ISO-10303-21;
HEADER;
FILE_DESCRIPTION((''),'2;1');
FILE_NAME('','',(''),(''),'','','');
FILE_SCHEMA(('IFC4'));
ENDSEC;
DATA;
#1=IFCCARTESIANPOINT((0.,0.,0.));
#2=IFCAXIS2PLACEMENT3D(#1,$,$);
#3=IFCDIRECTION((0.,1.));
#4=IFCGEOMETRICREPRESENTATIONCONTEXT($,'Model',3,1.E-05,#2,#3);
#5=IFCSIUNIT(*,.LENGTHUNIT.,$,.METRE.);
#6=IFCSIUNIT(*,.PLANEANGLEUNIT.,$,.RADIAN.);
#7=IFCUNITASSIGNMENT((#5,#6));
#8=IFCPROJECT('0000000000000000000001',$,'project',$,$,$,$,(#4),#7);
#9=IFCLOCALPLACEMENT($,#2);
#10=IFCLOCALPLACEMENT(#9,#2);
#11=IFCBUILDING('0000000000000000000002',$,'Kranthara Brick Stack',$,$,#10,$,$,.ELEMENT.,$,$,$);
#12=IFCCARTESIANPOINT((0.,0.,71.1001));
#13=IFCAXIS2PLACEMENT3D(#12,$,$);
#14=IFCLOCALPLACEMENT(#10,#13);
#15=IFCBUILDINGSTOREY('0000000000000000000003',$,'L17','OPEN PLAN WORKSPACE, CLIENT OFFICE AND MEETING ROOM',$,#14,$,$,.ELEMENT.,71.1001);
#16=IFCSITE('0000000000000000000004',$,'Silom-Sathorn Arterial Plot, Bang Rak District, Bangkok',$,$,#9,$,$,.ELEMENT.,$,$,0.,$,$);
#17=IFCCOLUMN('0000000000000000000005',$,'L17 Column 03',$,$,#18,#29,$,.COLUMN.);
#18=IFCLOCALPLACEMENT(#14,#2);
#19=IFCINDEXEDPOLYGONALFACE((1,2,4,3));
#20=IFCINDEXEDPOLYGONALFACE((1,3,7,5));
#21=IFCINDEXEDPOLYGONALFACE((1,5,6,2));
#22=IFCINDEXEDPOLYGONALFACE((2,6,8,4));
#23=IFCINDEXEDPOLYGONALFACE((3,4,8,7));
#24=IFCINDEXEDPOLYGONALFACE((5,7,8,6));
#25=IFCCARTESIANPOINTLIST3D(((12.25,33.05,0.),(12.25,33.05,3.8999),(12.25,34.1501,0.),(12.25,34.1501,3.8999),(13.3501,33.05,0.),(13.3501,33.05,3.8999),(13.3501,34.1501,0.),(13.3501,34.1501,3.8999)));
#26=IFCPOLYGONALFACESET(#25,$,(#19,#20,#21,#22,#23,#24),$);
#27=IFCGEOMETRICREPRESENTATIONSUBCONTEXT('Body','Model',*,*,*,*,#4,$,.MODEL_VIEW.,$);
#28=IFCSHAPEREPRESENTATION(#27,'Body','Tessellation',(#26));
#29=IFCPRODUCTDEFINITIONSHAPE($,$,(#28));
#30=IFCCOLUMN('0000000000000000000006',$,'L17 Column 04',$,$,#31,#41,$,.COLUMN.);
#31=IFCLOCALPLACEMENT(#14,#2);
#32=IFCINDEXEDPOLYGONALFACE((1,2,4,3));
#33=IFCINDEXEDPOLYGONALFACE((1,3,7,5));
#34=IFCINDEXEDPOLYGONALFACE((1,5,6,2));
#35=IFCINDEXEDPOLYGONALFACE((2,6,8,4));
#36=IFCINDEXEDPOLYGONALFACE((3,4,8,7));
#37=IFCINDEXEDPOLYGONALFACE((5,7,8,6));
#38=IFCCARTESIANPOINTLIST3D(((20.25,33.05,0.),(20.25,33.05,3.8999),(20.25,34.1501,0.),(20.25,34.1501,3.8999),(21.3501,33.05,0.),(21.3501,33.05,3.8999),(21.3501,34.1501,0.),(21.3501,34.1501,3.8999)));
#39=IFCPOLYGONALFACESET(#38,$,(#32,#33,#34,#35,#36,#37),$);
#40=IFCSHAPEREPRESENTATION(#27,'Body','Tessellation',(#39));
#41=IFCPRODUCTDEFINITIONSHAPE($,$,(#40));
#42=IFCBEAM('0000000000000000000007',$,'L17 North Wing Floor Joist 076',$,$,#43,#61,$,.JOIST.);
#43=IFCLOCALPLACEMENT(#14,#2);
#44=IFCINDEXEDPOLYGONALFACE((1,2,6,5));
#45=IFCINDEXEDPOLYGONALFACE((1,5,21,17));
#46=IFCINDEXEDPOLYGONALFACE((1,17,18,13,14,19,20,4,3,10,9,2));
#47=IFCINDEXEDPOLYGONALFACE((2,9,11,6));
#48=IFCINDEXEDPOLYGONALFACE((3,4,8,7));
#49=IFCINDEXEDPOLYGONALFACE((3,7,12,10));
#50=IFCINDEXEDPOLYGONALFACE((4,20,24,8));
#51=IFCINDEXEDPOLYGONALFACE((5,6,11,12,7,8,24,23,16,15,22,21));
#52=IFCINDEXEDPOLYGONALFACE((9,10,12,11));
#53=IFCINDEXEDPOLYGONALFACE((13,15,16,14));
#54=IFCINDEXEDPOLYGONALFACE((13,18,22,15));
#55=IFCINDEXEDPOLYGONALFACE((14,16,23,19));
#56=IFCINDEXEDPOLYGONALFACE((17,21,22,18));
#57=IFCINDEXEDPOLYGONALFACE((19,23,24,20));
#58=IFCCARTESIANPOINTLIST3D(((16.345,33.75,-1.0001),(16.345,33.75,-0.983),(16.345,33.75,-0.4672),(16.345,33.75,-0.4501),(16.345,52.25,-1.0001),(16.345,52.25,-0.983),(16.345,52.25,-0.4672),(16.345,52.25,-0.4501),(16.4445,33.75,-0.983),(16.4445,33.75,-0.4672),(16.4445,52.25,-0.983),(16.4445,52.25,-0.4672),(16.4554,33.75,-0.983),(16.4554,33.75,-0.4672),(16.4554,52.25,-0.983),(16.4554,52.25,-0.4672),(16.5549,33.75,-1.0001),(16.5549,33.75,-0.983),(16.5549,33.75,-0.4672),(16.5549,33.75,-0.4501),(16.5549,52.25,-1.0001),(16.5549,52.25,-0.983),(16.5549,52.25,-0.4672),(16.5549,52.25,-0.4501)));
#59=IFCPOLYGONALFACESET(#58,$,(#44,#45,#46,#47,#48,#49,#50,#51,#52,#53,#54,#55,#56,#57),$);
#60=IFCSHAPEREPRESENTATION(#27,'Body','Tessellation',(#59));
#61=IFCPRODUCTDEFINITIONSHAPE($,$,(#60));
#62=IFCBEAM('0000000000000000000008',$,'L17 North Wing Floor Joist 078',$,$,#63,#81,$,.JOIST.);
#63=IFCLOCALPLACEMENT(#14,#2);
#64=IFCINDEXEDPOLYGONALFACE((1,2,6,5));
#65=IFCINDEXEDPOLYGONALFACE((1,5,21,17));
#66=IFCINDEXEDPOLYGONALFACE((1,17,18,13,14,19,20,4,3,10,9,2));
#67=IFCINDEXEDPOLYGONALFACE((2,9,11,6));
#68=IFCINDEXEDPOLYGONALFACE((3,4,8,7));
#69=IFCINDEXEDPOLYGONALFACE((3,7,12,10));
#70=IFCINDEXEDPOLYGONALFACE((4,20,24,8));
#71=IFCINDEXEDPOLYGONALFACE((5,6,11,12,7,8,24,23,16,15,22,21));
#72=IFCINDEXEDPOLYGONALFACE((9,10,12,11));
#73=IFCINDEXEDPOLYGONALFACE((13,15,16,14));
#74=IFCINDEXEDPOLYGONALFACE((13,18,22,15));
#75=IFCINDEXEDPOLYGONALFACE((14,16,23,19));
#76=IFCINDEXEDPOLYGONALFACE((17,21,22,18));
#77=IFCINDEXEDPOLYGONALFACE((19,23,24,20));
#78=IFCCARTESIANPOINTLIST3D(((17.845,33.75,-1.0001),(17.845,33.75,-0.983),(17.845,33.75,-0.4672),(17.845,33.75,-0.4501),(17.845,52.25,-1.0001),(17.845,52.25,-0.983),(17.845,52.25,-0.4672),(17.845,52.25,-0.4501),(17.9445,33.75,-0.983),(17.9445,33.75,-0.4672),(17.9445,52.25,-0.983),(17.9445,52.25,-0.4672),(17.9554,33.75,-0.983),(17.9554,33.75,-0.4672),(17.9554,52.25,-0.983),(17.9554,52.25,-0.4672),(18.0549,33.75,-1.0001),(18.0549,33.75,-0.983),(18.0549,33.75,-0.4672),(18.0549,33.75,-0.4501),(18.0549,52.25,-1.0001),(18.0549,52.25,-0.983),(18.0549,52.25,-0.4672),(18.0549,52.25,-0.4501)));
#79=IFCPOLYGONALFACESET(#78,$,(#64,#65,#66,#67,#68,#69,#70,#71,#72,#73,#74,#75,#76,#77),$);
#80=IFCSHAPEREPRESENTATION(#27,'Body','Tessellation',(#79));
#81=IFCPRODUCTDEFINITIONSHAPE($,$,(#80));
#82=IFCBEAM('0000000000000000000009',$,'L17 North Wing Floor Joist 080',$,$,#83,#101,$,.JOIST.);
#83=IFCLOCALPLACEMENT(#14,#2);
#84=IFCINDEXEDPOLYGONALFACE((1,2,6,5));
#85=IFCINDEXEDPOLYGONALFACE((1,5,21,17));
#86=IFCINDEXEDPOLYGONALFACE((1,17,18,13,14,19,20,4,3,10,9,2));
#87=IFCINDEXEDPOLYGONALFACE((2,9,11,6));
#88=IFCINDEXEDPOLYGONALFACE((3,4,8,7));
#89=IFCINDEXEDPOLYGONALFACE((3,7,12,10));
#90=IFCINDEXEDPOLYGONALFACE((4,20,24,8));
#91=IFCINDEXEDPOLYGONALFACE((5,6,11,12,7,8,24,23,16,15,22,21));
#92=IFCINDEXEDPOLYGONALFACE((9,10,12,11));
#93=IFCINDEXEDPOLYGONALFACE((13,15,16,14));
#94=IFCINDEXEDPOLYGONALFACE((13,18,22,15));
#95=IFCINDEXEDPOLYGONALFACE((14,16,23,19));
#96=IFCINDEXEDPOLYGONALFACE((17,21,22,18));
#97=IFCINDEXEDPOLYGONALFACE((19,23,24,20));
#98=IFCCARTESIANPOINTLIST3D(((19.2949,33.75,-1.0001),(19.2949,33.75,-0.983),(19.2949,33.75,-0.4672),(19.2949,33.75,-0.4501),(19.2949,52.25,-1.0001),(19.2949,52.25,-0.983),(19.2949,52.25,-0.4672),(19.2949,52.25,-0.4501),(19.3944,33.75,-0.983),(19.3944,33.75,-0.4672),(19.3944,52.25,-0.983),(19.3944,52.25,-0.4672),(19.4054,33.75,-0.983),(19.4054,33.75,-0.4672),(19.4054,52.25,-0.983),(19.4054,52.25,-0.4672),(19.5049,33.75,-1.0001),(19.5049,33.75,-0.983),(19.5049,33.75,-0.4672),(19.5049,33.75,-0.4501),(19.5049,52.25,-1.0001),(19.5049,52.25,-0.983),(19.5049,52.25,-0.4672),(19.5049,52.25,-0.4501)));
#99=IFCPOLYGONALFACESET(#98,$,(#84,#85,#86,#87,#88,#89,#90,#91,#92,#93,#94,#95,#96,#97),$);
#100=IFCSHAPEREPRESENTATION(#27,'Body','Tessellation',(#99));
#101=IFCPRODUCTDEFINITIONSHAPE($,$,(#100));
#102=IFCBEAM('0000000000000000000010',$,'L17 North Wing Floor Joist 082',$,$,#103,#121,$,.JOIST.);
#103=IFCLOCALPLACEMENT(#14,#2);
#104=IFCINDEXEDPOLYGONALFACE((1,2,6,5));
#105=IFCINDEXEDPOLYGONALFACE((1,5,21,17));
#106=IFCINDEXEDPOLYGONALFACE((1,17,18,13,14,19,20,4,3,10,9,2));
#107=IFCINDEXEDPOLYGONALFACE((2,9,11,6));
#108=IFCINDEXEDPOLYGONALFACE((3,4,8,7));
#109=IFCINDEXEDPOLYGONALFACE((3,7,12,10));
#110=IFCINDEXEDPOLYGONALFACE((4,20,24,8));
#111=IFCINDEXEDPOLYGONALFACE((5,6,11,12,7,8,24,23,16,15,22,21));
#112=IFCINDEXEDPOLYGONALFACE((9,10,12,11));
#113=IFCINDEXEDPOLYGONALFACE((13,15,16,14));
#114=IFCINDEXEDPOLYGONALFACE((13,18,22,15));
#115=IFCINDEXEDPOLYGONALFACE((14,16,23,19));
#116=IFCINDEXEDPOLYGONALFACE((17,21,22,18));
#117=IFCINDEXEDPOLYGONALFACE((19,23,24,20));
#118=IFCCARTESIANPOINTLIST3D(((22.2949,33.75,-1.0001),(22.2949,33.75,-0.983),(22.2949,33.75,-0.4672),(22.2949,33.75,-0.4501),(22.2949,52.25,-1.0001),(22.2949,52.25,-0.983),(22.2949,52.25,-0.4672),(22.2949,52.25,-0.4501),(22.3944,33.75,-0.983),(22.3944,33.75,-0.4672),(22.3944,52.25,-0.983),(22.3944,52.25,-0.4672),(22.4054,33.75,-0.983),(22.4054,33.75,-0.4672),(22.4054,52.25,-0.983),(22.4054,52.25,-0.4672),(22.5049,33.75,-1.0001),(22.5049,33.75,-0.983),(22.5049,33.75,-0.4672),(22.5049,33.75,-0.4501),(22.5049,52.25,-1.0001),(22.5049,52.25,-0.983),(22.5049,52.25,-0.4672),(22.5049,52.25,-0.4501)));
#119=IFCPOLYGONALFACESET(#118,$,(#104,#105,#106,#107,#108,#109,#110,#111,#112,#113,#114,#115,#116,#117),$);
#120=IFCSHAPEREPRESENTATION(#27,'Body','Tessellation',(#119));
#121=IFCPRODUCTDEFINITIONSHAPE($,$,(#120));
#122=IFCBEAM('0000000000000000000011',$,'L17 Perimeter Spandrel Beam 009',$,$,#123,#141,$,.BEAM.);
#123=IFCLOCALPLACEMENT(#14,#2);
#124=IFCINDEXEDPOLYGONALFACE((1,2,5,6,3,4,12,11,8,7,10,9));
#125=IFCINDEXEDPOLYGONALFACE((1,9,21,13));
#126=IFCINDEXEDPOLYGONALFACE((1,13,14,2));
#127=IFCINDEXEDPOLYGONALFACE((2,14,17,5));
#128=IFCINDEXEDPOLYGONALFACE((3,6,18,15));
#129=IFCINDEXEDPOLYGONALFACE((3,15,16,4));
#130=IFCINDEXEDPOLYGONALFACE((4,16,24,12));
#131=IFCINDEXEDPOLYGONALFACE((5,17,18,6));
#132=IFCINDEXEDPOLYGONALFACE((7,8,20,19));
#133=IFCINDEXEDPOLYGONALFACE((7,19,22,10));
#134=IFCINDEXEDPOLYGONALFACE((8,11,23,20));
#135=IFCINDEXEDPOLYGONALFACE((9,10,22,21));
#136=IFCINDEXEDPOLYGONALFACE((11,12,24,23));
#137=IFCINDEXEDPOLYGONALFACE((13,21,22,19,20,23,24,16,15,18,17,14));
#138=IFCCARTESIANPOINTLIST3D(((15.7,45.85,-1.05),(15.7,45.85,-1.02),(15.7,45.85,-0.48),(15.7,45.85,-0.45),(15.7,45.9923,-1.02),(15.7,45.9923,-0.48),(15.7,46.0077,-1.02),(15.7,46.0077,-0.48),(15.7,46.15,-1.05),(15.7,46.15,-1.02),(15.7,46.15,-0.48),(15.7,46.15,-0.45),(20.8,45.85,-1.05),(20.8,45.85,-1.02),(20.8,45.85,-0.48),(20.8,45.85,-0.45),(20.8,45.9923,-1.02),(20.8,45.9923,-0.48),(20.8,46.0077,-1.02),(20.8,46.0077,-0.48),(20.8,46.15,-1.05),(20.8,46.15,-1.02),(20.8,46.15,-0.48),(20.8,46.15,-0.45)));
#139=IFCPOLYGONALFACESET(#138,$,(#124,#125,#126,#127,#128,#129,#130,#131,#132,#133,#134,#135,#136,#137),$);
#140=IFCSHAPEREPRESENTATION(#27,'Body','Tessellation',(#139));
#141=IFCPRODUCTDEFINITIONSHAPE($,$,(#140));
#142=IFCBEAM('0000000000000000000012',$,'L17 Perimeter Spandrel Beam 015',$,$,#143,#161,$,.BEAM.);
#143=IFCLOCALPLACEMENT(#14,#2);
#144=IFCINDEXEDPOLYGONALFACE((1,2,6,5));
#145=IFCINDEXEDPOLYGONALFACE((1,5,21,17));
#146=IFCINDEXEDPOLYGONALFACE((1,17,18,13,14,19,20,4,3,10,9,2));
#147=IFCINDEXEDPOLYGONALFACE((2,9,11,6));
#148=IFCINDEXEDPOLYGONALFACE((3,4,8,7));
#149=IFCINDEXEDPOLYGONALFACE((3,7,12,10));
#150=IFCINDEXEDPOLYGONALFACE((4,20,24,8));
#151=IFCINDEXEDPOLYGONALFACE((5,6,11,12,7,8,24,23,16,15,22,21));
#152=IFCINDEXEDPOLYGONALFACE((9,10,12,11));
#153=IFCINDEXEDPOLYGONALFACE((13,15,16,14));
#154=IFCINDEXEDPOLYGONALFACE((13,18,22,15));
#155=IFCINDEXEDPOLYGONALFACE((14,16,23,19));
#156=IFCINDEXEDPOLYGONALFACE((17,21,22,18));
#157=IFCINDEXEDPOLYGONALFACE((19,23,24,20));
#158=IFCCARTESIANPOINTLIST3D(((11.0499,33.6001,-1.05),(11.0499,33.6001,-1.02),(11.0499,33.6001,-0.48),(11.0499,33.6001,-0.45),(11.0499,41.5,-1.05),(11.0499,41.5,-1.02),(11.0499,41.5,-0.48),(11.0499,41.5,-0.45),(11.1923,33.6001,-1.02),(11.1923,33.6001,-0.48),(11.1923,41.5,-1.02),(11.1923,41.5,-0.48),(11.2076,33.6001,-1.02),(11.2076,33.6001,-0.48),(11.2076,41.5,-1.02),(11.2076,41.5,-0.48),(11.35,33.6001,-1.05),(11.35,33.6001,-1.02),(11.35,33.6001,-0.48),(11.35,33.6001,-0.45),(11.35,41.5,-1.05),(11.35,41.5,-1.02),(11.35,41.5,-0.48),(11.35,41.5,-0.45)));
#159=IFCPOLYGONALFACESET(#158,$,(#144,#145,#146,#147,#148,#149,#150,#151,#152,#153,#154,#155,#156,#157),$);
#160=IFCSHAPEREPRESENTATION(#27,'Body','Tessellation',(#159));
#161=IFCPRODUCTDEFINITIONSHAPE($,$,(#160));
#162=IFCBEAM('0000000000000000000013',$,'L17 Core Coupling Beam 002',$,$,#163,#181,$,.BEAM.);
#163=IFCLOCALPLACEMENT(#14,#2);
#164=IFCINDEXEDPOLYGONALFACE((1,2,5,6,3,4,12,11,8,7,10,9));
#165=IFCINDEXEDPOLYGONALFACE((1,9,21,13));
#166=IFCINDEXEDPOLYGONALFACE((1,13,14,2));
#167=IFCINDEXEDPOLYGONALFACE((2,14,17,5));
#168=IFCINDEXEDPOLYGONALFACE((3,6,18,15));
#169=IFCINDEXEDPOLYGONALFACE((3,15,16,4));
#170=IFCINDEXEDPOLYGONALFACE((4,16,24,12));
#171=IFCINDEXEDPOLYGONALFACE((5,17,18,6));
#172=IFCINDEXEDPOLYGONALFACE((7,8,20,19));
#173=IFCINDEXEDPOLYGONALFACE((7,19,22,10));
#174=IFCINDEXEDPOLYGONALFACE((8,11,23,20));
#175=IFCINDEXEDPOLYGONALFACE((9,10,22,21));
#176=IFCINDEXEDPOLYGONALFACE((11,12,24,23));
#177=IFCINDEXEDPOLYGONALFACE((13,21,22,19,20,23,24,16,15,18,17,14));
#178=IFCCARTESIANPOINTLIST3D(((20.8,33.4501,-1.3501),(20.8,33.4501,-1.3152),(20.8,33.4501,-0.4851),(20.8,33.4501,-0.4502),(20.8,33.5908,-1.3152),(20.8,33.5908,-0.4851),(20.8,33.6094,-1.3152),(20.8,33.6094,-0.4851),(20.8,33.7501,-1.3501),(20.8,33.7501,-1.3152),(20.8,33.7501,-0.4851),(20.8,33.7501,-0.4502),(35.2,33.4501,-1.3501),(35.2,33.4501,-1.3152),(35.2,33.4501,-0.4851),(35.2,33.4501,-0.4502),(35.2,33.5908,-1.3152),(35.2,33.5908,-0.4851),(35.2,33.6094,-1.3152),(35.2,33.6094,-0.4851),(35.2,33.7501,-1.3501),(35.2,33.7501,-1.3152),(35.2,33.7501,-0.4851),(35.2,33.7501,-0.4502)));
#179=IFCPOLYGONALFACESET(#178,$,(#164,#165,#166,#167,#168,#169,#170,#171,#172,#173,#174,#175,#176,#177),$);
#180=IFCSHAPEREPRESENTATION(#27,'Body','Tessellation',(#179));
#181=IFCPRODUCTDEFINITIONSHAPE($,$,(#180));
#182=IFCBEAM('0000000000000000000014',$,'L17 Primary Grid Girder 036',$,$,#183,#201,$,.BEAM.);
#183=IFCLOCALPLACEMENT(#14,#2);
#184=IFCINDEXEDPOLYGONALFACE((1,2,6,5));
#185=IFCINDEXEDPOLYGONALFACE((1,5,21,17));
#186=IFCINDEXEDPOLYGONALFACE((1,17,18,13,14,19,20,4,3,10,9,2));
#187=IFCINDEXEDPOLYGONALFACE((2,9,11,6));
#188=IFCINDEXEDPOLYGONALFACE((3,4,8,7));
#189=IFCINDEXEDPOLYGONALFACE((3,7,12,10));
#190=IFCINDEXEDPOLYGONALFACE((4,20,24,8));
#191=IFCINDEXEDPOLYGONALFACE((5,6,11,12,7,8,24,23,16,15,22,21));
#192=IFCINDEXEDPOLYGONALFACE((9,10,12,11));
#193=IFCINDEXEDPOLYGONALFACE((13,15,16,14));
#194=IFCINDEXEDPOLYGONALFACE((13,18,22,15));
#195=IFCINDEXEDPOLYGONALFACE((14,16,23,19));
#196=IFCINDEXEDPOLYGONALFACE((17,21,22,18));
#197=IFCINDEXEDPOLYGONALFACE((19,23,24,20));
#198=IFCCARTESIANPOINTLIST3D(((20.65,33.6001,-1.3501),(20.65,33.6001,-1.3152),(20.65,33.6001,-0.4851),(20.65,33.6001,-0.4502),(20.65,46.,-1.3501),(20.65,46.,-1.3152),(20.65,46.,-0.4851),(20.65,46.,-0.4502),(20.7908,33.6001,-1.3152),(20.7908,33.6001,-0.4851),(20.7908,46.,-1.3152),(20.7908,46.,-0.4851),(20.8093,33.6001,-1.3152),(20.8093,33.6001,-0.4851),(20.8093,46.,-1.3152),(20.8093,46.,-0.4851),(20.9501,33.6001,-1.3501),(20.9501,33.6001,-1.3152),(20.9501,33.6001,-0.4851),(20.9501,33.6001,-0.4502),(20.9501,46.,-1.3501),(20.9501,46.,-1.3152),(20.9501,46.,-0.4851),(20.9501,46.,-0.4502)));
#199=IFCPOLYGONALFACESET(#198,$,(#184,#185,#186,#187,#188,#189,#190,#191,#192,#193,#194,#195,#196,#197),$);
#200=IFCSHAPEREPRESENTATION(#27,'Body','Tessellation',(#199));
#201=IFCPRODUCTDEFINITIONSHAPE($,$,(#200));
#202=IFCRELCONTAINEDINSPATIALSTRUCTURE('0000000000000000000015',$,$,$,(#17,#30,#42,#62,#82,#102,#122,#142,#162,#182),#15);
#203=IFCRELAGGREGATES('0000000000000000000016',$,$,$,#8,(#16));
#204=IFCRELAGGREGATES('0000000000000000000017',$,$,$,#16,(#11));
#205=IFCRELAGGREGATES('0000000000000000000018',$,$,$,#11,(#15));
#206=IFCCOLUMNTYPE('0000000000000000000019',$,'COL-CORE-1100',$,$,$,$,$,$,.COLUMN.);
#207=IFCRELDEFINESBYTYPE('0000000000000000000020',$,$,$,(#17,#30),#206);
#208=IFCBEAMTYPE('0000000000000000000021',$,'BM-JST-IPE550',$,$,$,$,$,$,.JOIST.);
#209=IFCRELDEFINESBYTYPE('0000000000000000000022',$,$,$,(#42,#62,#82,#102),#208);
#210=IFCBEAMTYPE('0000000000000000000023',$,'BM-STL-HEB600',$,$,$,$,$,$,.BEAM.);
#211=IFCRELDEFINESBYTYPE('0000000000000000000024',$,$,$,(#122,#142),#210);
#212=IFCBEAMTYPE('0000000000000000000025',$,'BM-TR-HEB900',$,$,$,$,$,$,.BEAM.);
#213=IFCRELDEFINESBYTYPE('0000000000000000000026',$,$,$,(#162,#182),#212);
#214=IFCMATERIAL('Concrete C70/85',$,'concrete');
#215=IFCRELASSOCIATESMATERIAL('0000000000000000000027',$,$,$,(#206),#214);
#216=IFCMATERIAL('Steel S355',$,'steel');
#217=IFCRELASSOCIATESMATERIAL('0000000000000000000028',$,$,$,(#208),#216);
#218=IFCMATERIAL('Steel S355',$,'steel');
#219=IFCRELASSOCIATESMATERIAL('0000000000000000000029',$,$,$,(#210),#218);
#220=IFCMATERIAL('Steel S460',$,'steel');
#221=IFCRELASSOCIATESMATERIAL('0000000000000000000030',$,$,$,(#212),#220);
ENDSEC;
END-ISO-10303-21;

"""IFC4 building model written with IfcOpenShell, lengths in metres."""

from ifc_helpers import new_model, si_unit, direction, frame, origin, origin_2d, place, context, subcontext, project, spatial, rectangle, i_section, extrude, material, material_profile, profile_set, type_object, element, save


model = new_model("IFC4")

# Units and contexts
model_context = context("Model", 3, precision=1e-05, world=origin(), true_north=direction((0.0, 1.0)))
body_context = subcontext(model_context, "Body", "Model", "MODEL_VIEW")
ifc_project = project(units=[si_unit("LENGTHUNIT", "METRE"), si_unit("PLANEANGLEUNIT", "RADIAN")], contexts=[model_context])

# Site, building, storey
site_placement = place(None, origin())
site = spatial("IfcSite", under=ifc_project, at=site_placement, Name="Silom-Sathorn Arterial Plot, Bang Rak District, Bangkok", CompositionType="ELEMENT", RefElevation=0.0)
building_placement = place(site_placement, origin())
building = spatial("IfcBuilding", under=site, at=building_placement, Name="Kranthara Brick Stack", CompositionType="ELEMENT")
storey_placement = place(building_placement, frame((0.0, 0.0, 71.1001)))
storey = spatial("IfcBuildingStorey", under=building, at=storey_placement, Name="L17", Description="OPEN PLAN WORKSPACE, CLIENT OFFICE AND MEETING ROOM", CompositionType="ELEMENT", Elevation=71.1001)

# Columns
ifc_material_1 = material(Name="Concrete C70/85", Category="concrete")
ifc_material_profile_1 = material_profile(ifc_material_1, rectangle(XDim=1.1001, YDim=1.1001, at=origin_2d()), Name="RC 1100x1100")
ifc_profile_set_1 = profile_set([ifc_material_profile_1], Name="Concrete C70/85")
column_type = type_object("IfcColumnType", Name="COL-CORE-1100", PredefinedType="COLUMN", material=ifc_profile_set_1)
for number, where, z_axis, x_axis, name in (
    (1, (12.8, 33.6001, 0.0), (0.0, 0.0, 1.0), (1.0, 0.0, 0.0), "L17 Column 03"),
    (2, (20.8, 33.6001, 0.0), (0.0, 0.0, 1.0), (1.0, 0.0, 0.0), "L17 Column 04"),
):
    element("IfcColumn", number, at=place(storey_placement, frame(where, z_axis=z_axis, x_axis=x_axis)), inside=storey, type_object=column_type, Name=name, PredefinedType="COLUMN", context=body_context, shape_type="SweptSolid", body=[
        extrude(rectangle(XDim=1.1001, YDim=1.1001, at=origin_2d()), origin(), (0.0, 0.0, 1.0), 3.8999),
    ])

# Beams
ifc_material_2 = material(Name="Steel S355", Category="steel")
ifc_material_profile_2 = material_profile(ifc_material_2, i_section(OverallWidth=0.21, OverallDepth=0.55, WebThickness=0.011, FlangeThickness=0.0171, at=origin_2d()), Name="IPE 550")
ifc_profile_set_2 = profile_set([ifc_material_profile_2], Name="Steel S355")
beam_type_1 = type_object("IfcBeamType", Name="BM-JST-IPE550", PredefinedType="JOIST", material=ifc_profile_set_2)
for number, where, z_axis, x_axis, name in (
    (3, (16.45, 33.75, -0.7251), (0.0, 1.0, 0.0), (-1.0, 0.0, 0.0), "L17 North Wing Floor Joist 076"),
    (4, (17.95, 33.75, -0.7251), (0.0, 1.0, 0.0), (-1.0, 0.0, 0.0), "L17 North Wing Floor Joist 078"),
    (5, (19.3999, 33.75, -0.7251), (0.0, 1.0, 0.0), (-1.0, 0.0, 0.0), "L17 North Wing Floor Joist 080"),
    (6, (22.3999, 33.75, -0.7251), (0.0, 1.0, 0.0), (-1.0, 0.0, 0.0), "L17 North Wing Floor Joist 082"),
):
    element("IfcBeam", number, at=place(storey_placement, frame(where, z_axis=z_axis, x_axis=x_axis)), inside=storey, type_object=beam_type_1, Name=name, PredefinedType="JOIST", context=body_context, shape_type="SweptSolid", body=[
        extrude(i_section(OverallWidth=0.21, OverallDepth=0.55, WebThickness=0.011, FlangeThickness=0.0171, at=origin_2d()), origin(), (0.0, 0.0, 1.0), 18.5),
    ])
ifc_material_3 = material(Name="Steel S355", Category="steel")
ifc_material_profile_3 = material_profile(ifc_material_3, i_section(OverallWidth=0.3, OverallDepth=0.6001, WebThickness=0.0154, FlangeThickness=0.03, at=origin_2d()), Name="HEB 600")
ifc_profile_set_3 = profile_set([ifc_material_profile_3], Name="Steel S355")
beam_type_2 = type_object("IfcBeamType", Name="BM-STL-HEB600", PredefinedType="BEAM", material=ifc_profile_set_3)
beam_1_placement = place(storey_placement, frame((15.7, 46.0, -0.75), z_axis=(1.0, 0.0, 0.0), x_axis=(0.0, 1.0, 0.0)))
element("IfcBeam", 7, at=beam_1_placement, inside=storey, type_object=beam_type_2, Name="L17 Perimeter Spandrel Beam 009", PredefinedType="BEAM", context=body_context, shape_type="SweptSolid", body=[
    extrude(i_section(OverallWidth=0.3, OverallDepth=0.6001, WebThickness=0.0154, FlangeThickness=0.03, at=origin_2d()), origin(), (0.0, 0.0, 1.0), 5.1001),
])
beam_2_placement = place(storey_placement, frame((11.2, 33.6001, -0.75), z_axis=(0.0, 1.0, 0.0), x_axis=(-1.0, 0.0, 0.0)))
element("IfcBeam", 8, at=beam_2_placement, inside=storey, type_object=beam_type_2, Name="L17 Perimeter Spandrel Beam 015", PredefinedType="BEAM", context=body_context, shape_type="SweptSolid", body=[
    extrude(i_section(OverallWidth=0.3, OverallDepth=0.6001, WebThickness=0.0154, FlangeThickness=0.03, at=origin_2d()), origin(), (0.0, 0.0, 1.0), 7.8999),
])
ifc_material_4 = material(Name="Steel S460", Category="steel")
ifc_material_profile_4 = material_profile(ifc_material_4, i_section(OverallWidth=0.3, OverallDepth=0.8999, WebThickness=0.0186, FlangeThickness=0.0349, at=origin_2d()), Name="HEB 900")
ifc_profile_set_4 = profile_set([ifc_material_profile_4], Name="Steel S460")
beam_type_3 = type_object("IfcBeamType", Name="BM-TR-HEB900", PredefinedType="BEAM", material=ifc_profile_set_4)
beam_3_placement = place(storey_placement, frame((20.8, 33.6001, -0.9001), z_axis=(1.0, 0.0, 0.0), x_axis=(0.0, 1.0, 0.0)))
element("IfcBeam", 9, at=beam_3_placement, inside=storey, type_object=beam_type_3, Name="L17 Core Coupling Beam 002", PredefinedType="BEAM", context=body_context, shape_type="SweptSolid", body=[
    extrude(i_section(OverallWidth=0.3, OverallDepth=0.8999, WebThickness=0.0186, FlangeThickness=0.0349, at=origin_2d()), origin(), (0.0, 0.0, 1.0), 14.3999),
])
beam_4_placement = place(storey_placement, frame((20.8, 33.6001, -0.9001), z_axis=(0.0, 1.0, 0.0), x_axis=(-1.0, 0.0, 0.0)))
element("IfcBeam", 10, at=beam_4_placement, inside=storey, type_object=beam_type_3, Name="L17 Primary Grid Girder 036", PredefinedType="BEAM", context=body_context, shape_type="SweptSolid", body=[
    extrude(i_section(OverallWidth=0.3, OverallDepth=0.8999, WebThickness=0.0186, FlangeThickness=0.0349, at=origin_2d()), origin(), (0.0, 0.0, 1.0), 12.3999),
])

save(model, "model.ifc")
